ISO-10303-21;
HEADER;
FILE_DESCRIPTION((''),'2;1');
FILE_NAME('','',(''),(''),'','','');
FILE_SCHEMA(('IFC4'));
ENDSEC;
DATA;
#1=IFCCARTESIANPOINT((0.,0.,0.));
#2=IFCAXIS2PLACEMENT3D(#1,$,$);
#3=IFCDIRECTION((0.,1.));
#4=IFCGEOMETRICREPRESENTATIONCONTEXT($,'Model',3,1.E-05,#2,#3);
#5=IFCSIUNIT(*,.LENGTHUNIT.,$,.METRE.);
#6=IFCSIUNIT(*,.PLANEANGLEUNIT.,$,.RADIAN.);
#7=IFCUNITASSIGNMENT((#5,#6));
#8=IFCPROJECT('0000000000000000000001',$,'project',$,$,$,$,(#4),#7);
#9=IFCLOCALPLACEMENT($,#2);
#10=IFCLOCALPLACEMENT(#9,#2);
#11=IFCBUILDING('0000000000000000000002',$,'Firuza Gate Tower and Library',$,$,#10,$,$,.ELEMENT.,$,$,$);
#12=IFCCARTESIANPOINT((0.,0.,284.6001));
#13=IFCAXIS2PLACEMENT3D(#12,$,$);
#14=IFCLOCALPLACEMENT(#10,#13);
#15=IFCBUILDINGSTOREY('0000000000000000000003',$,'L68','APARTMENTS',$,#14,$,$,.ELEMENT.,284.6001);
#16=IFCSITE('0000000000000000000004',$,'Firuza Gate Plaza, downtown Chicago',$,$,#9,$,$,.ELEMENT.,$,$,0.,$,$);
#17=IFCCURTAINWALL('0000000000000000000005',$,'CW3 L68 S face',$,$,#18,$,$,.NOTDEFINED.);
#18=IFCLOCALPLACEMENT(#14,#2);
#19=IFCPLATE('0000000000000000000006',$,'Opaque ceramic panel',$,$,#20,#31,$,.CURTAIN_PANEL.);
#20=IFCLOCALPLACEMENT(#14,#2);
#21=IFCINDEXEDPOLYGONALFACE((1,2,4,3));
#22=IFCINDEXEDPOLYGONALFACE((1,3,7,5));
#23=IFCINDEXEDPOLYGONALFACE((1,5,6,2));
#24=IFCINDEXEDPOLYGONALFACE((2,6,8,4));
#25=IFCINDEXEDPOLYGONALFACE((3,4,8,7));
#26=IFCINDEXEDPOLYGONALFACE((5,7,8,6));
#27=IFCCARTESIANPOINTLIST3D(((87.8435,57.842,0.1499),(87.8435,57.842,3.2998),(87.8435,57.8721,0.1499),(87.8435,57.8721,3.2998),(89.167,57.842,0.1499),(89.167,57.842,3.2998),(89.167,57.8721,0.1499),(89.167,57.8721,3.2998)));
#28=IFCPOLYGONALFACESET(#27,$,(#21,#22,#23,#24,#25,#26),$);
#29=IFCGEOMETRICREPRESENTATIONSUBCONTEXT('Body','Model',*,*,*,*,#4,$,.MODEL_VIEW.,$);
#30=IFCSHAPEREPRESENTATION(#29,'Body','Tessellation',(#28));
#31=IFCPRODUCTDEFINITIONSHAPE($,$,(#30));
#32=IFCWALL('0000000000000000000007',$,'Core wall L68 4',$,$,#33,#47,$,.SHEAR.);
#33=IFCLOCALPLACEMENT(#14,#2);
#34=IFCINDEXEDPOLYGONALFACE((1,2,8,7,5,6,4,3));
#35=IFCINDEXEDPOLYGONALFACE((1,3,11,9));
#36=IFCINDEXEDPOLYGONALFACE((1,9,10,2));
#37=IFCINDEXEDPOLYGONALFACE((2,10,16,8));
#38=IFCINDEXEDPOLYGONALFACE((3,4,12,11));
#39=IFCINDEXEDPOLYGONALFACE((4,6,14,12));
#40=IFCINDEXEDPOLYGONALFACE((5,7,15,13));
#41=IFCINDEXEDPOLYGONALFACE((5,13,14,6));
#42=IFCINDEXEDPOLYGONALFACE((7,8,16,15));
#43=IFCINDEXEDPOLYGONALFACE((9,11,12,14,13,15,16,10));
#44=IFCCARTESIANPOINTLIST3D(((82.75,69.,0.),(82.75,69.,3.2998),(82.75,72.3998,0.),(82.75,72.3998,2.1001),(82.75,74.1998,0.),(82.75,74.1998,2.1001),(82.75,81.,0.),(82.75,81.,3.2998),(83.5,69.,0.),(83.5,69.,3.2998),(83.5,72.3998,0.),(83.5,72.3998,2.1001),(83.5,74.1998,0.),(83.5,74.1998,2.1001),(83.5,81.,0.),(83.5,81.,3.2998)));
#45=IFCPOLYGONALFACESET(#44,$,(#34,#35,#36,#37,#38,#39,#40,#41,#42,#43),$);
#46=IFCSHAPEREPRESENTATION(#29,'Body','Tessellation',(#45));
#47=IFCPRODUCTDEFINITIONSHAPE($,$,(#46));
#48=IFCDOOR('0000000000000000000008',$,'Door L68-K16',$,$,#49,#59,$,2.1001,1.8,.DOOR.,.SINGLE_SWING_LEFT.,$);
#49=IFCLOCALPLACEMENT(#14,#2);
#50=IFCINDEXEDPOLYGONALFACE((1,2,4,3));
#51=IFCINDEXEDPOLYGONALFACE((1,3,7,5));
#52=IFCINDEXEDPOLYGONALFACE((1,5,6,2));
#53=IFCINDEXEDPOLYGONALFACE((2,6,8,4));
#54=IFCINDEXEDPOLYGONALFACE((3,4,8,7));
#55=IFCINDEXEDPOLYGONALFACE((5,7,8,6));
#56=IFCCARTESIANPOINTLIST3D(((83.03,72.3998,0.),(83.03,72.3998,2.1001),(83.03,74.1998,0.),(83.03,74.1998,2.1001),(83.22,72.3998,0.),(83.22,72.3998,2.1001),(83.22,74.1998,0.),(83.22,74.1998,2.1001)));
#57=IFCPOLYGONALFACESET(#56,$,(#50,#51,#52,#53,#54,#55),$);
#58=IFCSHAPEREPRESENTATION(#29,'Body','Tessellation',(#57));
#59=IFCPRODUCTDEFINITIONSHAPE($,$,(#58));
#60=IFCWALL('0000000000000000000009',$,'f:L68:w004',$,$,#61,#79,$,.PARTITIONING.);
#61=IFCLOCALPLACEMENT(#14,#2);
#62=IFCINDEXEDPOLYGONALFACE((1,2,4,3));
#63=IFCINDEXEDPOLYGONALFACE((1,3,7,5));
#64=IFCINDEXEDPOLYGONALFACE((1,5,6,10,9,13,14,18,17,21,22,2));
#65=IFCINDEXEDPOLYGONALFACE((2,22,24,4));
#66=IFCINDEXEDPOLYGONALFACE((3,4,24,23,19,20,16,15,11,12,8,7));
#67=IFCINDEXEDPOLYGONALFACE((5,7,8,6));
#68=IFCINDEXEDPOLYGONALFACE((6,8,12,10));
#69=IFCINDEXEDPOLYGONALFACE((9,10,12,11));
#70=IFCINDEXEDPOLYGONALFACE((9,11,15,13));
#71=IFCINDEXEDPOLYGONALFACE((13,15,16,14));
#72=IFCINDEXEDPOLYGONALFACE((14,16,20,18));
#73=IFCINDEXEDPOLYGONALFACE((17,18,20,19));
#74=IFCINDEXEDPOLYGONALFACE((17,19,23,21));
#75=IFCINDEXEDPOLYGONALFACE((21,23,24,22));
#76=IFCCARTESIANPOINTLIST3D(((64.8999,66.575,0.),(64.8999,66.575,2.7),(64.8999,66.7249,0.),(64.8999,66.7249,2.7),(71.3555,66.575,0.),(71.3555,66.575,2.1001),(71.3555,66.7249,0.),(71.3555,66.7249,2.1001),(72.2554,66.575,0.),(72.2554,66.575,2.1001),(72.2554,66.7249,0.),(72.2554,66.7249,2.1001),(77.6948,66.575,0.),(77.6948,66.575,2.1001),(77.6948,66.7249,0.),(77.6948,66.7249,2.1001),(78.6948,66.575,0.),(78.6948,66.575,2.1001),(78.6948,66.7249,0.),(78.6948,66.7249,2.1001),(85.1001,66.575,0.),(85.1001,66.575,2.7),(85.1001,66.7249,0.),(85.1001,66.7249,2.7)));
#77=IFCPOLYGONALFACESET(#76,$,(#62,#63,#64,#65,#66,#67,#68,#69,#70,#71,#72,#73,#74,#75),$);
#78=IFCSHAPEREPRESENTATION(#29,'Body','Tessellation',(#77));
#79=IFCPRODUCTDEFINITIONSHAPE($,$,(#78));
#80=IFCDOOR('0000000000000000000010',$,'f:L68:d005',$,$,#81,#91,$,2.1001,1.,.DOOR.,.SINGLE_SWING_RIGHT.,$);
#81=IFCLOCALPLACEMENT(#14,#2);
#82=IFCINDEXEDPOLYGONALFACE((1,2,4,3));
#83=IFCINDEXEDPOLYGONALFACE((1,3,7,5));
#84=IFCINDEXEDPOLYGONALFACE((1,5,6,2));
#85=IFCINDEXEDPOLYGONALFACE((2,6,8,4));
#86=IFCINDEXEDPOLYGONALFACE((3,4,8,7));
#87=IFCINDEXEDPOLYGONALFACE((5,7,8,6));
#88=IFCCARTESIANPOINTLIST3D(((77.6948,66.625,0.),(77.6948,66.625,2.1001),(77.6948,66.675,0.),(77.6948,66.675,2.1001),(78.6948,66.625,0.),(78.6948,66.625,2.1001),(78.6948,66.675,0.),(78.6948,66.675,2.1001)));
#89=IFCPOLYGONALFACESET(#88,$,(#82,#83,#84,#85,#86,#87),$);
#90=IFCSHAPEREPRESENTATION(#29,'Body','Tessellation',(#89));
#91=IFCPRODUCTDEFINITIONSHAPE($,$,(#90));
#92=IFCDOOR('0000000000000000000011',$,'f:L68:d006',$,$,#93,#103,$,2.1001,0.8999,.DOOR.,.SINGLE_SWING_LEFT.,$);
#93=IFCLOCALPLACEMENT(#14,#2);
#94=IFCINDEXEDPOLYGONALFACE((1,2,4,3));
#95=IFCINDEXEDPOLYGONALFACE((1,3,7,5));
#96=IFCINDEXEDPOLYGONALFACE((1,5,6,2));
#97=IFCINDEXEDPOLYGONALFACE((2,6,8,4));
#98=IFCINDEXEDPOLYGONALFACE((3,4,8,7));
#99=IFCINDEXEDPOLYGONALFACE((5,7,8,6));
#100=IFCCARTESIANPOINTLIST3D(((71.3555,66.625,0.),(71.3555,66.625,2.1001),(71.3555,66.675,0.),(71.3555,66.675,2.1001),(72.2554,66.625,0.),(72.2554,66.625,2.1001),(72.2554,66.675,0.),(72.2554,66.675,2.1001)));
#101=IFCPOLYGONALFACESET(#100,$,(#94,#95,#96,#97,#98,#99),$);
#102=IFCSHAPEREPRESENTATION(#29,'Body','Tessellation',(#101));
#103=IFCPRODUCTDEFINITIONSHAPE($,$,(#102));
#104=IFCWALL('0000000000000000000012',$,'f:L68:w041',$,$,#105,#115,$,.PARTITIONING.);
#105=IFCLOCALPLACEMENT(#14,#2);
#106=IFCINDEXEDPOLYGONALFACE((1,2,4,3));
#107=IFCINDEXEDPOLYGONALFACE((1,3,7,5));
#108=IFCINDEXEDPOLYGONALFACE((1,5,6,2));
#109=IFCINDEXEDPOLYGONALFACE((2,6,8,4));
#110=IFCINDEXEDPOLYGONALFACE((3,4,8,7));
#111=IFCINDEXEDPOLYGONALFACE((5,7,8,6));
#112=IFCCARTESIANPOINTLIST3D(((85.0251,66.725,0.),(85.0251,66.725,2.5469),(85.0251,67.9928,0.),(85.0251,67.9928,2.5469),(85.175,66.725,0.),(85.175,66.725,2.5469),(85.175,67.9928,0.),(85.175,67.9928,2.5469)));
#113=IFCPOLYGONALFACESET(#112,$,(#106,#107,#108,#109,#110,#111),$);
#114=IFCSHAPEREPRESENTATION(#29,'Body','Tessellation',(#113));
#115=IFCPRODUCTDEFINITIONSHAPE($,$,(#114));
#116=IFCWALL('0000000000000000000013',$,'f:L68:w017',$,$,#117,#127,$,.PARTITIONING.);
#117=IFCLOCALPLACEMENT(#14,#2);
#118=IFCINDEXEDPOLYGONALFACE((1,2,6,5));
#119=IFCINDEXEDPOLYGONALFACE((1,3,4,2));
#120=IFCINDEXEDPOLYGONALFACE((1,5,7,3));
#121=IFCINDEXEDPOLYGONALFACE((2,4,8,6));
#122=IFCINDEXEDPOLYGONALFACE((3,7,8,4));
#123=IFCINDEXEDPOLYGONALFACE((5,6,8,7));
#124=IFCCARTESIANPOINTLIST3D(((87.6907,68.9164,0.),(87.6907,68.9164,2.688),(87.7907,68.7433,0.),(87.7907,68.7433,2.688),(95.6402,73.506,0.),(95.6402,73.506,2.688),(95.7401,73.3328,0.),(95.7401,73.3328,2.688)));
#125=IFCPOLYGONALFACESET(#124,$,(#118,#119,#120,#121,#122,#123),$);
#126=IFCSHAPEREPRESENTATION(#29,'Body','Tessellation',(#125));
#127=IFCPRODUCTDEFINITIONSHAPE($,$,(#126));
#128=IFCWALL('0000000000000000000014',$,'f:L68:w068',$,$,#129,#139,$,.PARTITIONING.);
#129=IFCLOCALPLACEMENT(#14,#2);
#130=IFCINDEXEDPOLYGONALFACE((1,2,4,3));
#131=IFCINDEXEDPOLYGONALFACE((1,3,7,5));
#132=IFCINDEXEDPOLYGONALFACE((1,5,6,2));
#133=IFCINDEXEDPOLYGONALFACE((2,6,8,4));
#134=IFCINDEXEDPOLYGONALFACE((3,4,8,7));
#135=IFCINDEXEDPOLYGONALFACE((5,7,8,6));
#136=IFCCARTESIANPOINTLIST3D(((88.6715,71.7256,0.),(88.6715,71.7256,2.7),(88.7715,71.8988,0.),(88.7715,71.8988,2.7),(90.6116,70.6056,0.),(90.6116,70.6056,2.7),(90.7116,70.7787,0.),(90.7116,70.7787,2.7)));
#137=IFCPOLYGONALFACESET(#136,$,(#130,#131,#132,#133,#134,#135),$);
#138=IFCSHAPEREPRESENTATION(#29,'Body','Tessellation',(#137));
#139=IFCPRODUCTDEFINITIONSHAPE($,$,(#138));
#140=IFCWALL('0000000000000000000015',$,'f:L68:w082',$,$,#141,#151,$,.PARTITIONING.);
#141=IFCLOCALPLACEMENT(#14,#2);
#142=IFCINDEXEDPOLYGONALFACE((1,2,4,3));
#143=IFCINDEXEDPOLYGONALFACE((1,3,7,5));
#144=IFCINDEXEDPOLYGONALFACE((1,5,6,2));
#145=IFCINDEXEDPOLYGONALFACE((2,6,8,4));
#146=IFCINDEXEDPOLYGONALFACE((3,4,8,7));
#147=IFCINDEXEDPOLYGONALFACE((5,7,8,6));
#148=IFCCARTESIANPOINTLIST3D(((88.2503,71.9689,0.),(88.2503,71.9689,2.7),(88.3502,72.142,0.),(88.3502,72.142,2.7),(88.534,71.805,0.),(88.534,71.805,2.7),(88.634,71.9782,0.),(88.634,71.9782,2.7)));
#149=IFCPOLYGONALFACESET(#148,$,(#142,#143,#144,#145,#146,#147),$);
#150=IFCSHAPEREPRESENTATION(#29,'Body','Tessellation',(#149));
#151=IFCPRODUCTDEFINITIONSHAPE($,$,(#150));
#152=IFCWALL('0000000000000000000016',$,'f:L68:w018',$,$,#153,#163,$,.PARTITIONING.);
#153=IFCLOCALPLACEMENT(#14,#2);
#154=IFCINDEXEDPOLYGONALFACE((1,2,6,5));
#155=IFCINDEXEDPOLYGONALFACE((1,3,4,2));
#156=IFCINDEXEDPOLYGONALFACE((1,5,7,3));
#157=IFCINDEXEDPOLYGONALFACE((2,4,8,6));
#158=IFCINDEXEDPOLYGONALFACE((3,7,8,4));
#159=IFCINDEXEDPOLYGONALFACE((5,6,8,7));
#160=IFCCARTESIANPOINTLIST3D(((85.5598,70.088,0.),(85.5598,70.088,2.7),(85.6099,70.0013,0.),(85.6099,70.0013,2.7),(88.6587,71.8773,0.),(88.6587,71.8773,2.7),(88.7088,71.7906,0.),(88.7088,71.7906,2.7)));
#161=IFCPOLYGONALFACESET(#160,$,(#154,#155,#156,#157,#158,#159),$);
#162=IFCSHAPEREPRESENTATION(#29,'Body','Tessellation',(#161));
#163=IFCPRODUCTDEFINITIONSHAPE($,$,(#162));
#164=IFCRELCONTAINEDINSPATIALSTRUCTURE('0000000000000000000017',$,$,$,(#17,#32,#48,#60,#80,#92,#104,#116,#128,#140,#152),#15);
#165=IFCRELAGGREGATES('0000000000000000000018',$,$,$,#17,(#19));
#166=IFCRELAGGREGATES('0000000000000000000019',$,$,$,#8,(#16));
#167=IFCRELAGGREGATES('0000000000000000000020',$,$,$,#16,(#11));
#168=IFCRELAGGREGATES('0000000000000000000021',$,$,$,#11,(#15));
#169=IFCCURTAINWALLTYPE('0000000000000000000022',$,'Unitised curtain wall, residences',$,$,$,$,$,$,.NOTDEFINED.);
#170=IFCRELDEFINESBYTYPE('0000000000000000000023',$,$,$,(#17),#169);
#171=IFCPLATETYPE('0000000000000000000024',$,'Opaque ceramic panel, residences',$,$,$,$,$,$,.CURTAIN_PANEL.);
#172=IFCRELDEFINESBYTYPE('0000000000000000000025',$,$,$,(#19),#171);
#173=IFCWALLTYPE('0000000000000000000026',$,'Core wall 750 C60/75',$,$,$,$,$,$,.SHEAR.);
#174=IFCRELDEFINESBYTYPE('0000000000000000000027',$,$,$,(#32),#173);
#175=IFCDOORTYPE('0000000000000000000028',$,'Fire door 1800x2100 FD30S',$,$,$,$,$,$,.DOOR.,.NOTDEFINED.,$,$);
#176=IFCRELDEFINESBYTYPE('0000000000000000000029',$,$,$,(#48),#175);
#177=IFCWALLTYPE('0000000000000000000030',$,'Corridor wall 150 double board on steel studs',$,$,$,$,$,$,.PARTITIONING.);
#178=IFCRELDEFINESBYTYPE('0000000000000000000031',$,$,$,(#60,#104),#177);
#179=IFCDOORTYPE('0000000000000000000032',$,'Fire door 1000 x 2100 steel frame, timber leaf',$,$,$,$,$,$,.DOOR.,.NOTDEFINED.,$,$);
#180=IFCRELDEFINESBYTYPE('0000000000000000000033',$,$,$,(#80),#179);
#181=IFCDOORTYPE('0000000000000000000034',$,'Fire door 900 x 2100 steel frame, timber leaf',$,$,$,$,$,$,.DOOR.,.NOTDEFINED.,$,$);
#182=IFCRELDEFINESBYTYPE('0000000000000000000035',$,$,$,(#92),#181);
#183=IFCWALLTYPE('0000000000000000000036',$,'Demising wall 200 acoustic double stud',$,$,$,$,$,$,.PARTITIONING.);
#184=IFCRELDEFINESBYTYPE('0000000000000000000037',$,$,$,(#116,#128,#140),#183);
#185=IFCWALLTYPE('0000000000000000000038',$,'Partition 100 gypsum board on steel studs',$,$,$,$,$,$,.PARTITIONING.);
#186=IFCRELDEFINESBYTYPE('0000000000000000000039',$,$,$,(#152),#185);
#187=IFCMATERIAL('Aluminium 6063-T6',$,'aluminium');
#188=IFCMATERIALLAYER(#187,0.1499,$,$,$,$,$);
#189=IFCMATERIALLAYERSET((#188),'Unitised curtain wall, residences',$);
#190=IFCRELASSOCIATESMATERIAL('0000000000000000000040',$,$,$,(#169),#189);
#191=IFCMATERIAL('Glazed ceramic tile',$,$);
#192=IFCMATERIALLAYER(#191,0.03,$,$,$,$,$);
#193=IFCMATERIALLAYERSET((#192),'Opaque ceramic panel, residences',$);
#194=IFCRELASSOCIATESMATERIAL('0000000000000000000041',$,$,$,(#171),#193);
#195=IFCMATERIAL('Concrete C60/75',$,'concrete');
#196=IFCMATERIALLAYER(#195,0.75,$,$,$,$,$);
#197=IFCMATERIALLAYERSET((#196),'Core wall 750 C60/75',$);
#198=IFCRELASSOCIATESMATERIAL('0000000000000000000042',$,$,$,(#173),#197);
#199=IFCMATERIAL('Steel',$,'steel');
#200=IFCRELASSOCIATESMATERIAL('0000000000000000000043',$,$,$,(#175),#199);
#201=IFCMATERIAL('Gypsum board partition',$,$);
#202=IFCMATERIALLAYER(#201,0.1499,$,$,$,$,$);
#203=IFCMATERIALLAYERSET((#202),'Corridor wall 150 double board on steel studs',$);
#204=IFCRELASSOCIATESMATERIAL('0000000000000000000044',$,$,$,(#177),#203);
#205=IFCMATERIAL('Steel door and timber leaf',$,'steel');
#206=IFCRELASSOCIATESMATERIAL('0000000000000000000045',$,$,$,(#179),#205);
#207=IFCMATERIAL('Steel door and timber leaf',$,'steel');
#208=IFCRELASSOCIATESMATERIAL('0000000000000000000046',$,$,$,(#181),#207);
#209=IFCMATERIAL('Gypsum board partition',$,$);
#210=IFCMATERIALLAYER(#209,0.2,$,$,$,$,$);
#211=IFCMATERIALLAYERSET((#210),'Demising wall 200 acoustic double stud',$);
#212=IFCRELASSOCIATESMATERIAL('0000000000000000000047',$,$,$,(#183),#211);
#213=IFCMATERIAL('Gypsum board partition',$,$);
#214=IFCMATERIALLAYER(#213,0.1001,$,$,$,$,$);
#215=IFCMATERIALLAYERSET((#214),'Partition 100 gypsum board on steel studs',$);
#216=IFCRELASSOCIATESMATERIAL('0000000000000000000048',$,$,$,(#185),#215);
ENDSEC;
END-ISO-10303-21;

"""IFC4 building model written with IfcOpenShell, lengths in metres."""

from ifc_helpers import new_model, si_unit, direction, frame, frame_2d, origin, place, context, subcontext, project, spatial, polyline, rectangle, outline, extrude, material, layer, layer_set, type_object, element, fill, aggregate, save


model = new_model("IFC4")

# Units and contexts
model_context = context("Model", 3, precision=1e-05, world=origin(), true_north=direction((0.0, 1.0)))
body_context = subcontext(model_context, "Body", "Model", "MODEL_VIEW")
ifc_project = project(units=[si_unit("LENGTHUNIT", "METRE"), si_unit("PLANEANGLEUNIT", "RADIAN")], contexts=[model_context])

# Site, building, storey
site_placement = place(None, origin())
site = spatial("IfcSite", under=ifc_project, at=site_placement, Name="Firuza Gate Plaza, downtown Chicago", CompositionType="ELEMENT", RefElevation=0.0)
building_placement = place(site_placement, origin())
building = spatial("IfcBuilding", under=site, at=building_placement, Name="Firuza Gate Tower and Library", CompositionType="ELEMENT")
storey_placement = place(building_placement, frame((0.0, 0.0, 284.6001)))
storey = spatial("IfcBuildingStorey", under=building, at=storey_placement, Name="L68", Description="APARTMENTS", CompositionType="ELEMENT", Elevation=284.6001)

# Curtain wall
ifc_material_1 = material(Name="Aluminium 6063-T6", Category="aluminium")
ifc_layer_1 = layer(ifc_material_1, 0.1499)
ifc_layer_set_1 = layer_set([ifc_layer_1], Name="Unitised curtain wall, residences")
curtain_wall_type = type_object("IfcCurtainWallType", Name="Unitised curtain wall, residences", PredefinedType="NOTDEFINED", material=ifc_layer_set_1)
curtain_wall_placement = place(storey_placement, origin())
curtain_wall = element("IfcCurtainWall", 1, at=curtain_wall_placement, inside=storey, type_object=curtain_wall_type, Name="CW3 L68 S face", PredefinedType="NOTDEFINED")

# Plate
ifc_material_2 = material(Name="Glazed ceramic tile")
ifc_layer_2 = layer(ifc_material_2, 0.03)
ifc_layer_set_2 = layer_set([ifc_layer_2], Name="Opaque ceramic panel, residences")
plate_type_1 = type_object("IfcPlateType", Name="Opaque ceramic panel, residences", PredefinedType="CURTAIN_PANEL", material=ifc_layer_set_2)
plate_1_placement = place(storey_placement, frame((87.8435, 57.842, 0.1499), z_axis=(0.0, -1.0, 0.0), x_axis=(1.0, 0.0, 0.0)))
plate_1 = element("IfcPlate", 2, at=plate_1_placement, type_object=plate_type_1, Name="Opaque ceramic panel", PredefinedType="CURTAIN_PANEL", context=body_context, shape_type="SweptSolid", body=[
    extrude(outline(polyline([(0.0, 0.0), (1.3235, 0.0), (1.3235, 3.1499), (0.0, 3.1499), (0.0, 0.0)])), origin(), (0.0, 0.0, -1.0), 0.03),
])
aggregate(curtain_wall, [plate_1])

# Wall, opening, door
ifc_material_3 = material(Name="Concrete C60/75", Category="concrete")
ifc_layer_3 = layer(ifc_material_3, 0.75)
ifc_layer_set_3 = layer_set([ifc_layer_3], Name="Core wall 750 C60/75")
wall_type_1 = type_object("IfcWallType", Name="Core wall 750 C60/75", PredefinedType="SHEAR", material=ifc_layer_set_3)
wall_1_placement = place(storey_placement, frame((83.125, 69.0, 0.0), z_axis=(0.0, 0.0, 1.0), x_axis=(0.0, 1.0, 0.0)))
wall_1 = element("IfcWall", 3, at=wall_1_placement, inside=storey, type_object=wall_type_1, Name="Core wall L68 4", PredefinedType="SHEAR", context=body_context, shape_type="SweptSolid", body=[
    extrude(rectangle(XDim=12.0, YDim=0.75, at=frame_2d((6.0, 0.0))), origin(), (0.0, 0.0, 1.0), 3.2998),
])
opening_1_placement = place(wall_1_placement, frame((3.3999, 0.0, 0.0)))
opening_1 = element("IfcOpeningElement", 4, at=opening_1_placement, cuts=wall_1, PredefinedType="OPENING", context=body_context, shape_type="SweptSolid", body=[
    extrude(rectangle(XDim=1.8, YDim=2.1001, at=frame_2d((0.8999, 1.05))), frame((0.0, 0.385, 0.0), z_axis=(0.0, -1.0, 0.0), x_axis=(1.0, 0.0, 0.0)), (0.0, 0.0, 1.0), 0.77),
])
ifc_material_4 = material(Name="Steel", Category="steel")
door_type_1 = type_object("IfcDoorType", Name="Fire door 1800x2100 FD30S", OperationType="NOTDEFINED", PredefinedType="DOOR", material=ifc_material_4)
door_1_placement = place(opening_1_placement, origin())
door_1 = element("IfcDoor", 5, at=door_1_placement, inside=storey, type_object=door_type_1, Name="Door L68-K16", OperationType="SINGLE_SWING_LEFT", OverallHeight=2.1001, OverallWidth=1.8, PredefinedType="DOOR", context=body_context, shape_type="SweptSolid", body=[
    extrude(rectangle(XDim=1.8, YDim=2.1001, at=frame_2d((0.8999, 1.05))), frame((0.0, 0.095, 0.0), z_axis=(0.0, -1.0, 0.0), x_axis=(1.0, 0.0, 0.0)), (0.0, 0.0, 1.0), 0.1899),
])
fill(opening_1, door_1)

# Wall, openings, doors
ifc_material_5 = material(Name="Gypsum board partition")
ifc_layer_4 = layer(ifc_material_5, 0.1499)
ifc_layer_set_4 = layer_set([ifc_layer_4], Name="Corridor wall 150 double board on steel studs")
wall_type_2 = type_object("IfcWallType", Name="Corridor wall 150 double board on steel studs", PredefinedType="PARTITIONING", material=ifc_layer_set_4)
wall_2_placement = place(storey_placement, frame((85.1001, 66.6499, 0.0), z_axis=(0.0, 0.0, 1.0), x_axis=(-1.0, 0.0, 0.0)))
wall_2 = element("IfcWall", 6, at=wall_2_placement, inside=storey, type_object=wall_type_2, Name="f:L68:w004", PredefinedType="PARTITIONING", context=body_context, shape_type="SweptSolid", body=[
    extrude(rectangle(XDim=20.2002, YDim=0.1499, at=frame_2d((10.1001, 0.0))), origin(), (0.0, 0.0, 1.0), 2.7),
])
opening_2_placement = place(wall_2_placement, frame((6.4053, 0.0, 0.0)))
opening_2 = element("IfcOpeningElement", 7, at=opening_2_placement, cuts=wall_2, PredefinedType="OPENING", context=body_context, shape_type="SweptSolid", body=[
    extrude(rectangle(XDim=1.0, YDim=2.1001, at=frame_2d((0.5, 1.05))), frame((0.0, 0.085, 0.0), z_axis=(0.0, -1.0, 0.0), x_axis=(1.0, 0.0, 0.0)), (0.0, 0.0, 1.0), 0.1699),
])
opening_3_placement = place(wall_2_placement, frame((12.8447, 0.0, 0.0)))
opening_3 = element("IfcOpeningElement", 8, at=opening_3_placement, cuts=wall_2, PredefinedType="OPENING", context=body_context, shape_type="SweptSolid", body=[
    extrude(rectangle(XDim=0.8999, YDim=2.1001, at=frame_2d((0.45, 1.05))), frame((0.0, 0.085, 0.0), z_axis=(0.0, -1.0, 0.0), x_axis=(1.0, 0.0, 0.0)), (0.0, 0.0, 1.0), 0.1699),
])
ifc_material_6 = material(Name="Steel door and timber leaf", Category="steel")
door_type_2 = type_object("IfcDoorType", Name="Fire door 1000 x 2100 steel frame, timber leaf", OperationType="NOTDEFINED", PredefinedType="DOOR", material=ifc_material_6)
door_2_placement = place(opening_2_placement, origin())
door_2 = element("IfcDoor", 9, at=door_2_placement, inside=storey, type_object=door_type_2, Name="f:L68:d005", OperationType="SINGLE_SWING_RIGHT", OverallHeight=2.1001, OverallWidth=1.0, PredefinedType="DOOR", context=body_context, shape_type="SweptSolid", body=[
    extrude(rectangle(XDim=1.0, YDim=2.1001, at=frame_2d((0.5, 1.05))), frame((0.0, 0.0249, 0.0), z_axis=(0.0, -1.0, 0.0), x_axis=(1.0, 0.0, 0.0)), (0.0, 0.0, 1.0), 0.05),
])
fill(opening_2, door_2)
ifc_material_7 = material(Name="Steel door and timber leaf", Category="steel")
door_type_3 = type_object("IfcDoorType", Name="Fire door 900 x 2100 steel frame, timber leaf", OperationType="NOTDEFINED", PredefinedType="DOOR", material=ifc_material_7)
door_3_placement = place(opening_3_placement, origin())
door_3 = element("IfcDoor", 10, at=door_3_placement, inside=storey, type_object=door_type_3, Name="f:L68:d006", OperationType="SINGLE_SWING_LEFT", OverallHeight=2.1001, OverallWidth=0.8999, PredefinedType="DOOR", context=body_context, shape_type="SweptSolid", body=[
    extrude(rectangle(XDim=0.8999, YDim=2.1001, at=frame_2d((0.45, 1.05))), frame((0.0, 0.0249, 0.0), z_axis=(0.0, -1.0, 0.0), x_axis=(1.0, 0.0, 0.0)), (0.0, 0.0, 1.0), 0.05),
])
fill(opening_3, door_3)

# Walls
wall_3_placement = place(storey_placement, frame((85.1001, 66.7251, 0.0), z_axis=(0.0, 0.0, 1.0), x_axis=(0.0, 1.0, 0.0)))
element("IfcWall", 11, at=wall_3_placement, inside=storey, type_object=wall_type_2, Name="f:L68:w041", PredefinedType="PARTITIONING", context=body_context, shape_type="SweptSolid", body=[
    extrude(rectangle(XDim=1.2678, YDim=0.1499, at=frame_2d((0.6338, 0.0))), origin(), (0.0, 0.0, 1.0), 2.5469),
])
ifc_material_8 = material(Name="Gypsum board partition")
ifc_layer_5 = layer(ifc_material_8, 0.2)
ifc_layer_set_5 = layer_set([ifc_layer_5], Name="Demising wall 200 acoustic double stud")
wall_type_3 = type_object("IfcWallType", Name="Demising wall 200 acoustic double stud", PredefinedType="PARTITIONING", material=ifc_layer_set_5)
wall_4_placement = place(storey_placement, frame((87.7407, 68.8298, 0.0), z_axis=(0.0, 0.0, 1.0), x_axis=(0.866027, 0.499998, 0.0)))
element("IfcWall", 12, at=wall_4_placement, inside=storey, type_object=wall_type_3, Name="f:L68:w017", PredefinedType="PARTITIONING", context=body_context, shape_type="SweptSolid", body=[
    extrude(rectangle(XDim=9.1792, YDim=0.2, at=frame_2d((4.5896, 0.0))), origin(), (0.0, 0.0, 1.0), 2.688),
])
wall_5_placement = place(storey_placement, frame((90.6616, 70.6921, 0.0), z_axis=(0.0, 0.0, 1.0), x_axis=(-0.866035, 0.499983, 0.0)))
element("IfcWall", 13, at=wall_5_placement, inside=storey, type_object=wall_type_3, Name="f:L68:w068", PredefinedType="PARTITIONING", context=body_context, shape_type="SweptSolid", body=[
    extrude(rectangle(XDim=2.2402, YDim=0.2, at=frame_2d((1.1201, 0.0))), origin(), (0.0, 0.0, 1.0), 2.7),
])
wall_6_placement = place(storey_placement, frame((88.584, 71.8916, 0.0), z_axis=(0.0, 0.0, 1.0), x_axis=(-0.865987, 0.500067, 0.0)))
element("IfcWall", 14, at=wall_6_placement, inside=storey, type_object=wall_type_3, Name="f:L68:w082", PredefinedType="PARTITIONING", context=body_context, shape_type="SweptSolid", body=[
    extrude(rectangle(XDim=0.3276, YDim=0.2, at=frame_2d((0.1638, 0.0))), origin(), (0.0, 0.0, 1.0), 2.7),
])
ifc_material_9 = material(Name="Gypsum board partition")
ifc_layer_6 = layer(ifc_material_9, 0.1001)
ifc_layer_set_6 = layer_set([ifc_layer_6], Name="Partition 100 gypsum board on steel studs")
wall_type_4 = type_object("IfcWallType", Name="Partition 100 gypsum board on steel studs", PredefinedType="PARTITIONING", material=ifc_layer_set_6)
wall_7_placement = place(storey_placement, frame((85.585, 70.0447, 0.0), z_axis=(0.0, 0.0, 1.0), x_axis=(0.866005, 0.500035, 0.0)))
element("IfcWall", 15, at=wall_7_placement, inside=storey, type_object=wall_type_4, Name="f:L68:w018", PredefinedType="PARTITIONING", context=body_context, shape_type="SweptSolid", body=[
    extrude(rectangle(XDim=3.5784, YDim=0.1001, at=frame_2d((1.7891, 0.0))), origin(), (0.0, 0.0, 1.0), 2.7),
])

save(model, "model.ifc")
